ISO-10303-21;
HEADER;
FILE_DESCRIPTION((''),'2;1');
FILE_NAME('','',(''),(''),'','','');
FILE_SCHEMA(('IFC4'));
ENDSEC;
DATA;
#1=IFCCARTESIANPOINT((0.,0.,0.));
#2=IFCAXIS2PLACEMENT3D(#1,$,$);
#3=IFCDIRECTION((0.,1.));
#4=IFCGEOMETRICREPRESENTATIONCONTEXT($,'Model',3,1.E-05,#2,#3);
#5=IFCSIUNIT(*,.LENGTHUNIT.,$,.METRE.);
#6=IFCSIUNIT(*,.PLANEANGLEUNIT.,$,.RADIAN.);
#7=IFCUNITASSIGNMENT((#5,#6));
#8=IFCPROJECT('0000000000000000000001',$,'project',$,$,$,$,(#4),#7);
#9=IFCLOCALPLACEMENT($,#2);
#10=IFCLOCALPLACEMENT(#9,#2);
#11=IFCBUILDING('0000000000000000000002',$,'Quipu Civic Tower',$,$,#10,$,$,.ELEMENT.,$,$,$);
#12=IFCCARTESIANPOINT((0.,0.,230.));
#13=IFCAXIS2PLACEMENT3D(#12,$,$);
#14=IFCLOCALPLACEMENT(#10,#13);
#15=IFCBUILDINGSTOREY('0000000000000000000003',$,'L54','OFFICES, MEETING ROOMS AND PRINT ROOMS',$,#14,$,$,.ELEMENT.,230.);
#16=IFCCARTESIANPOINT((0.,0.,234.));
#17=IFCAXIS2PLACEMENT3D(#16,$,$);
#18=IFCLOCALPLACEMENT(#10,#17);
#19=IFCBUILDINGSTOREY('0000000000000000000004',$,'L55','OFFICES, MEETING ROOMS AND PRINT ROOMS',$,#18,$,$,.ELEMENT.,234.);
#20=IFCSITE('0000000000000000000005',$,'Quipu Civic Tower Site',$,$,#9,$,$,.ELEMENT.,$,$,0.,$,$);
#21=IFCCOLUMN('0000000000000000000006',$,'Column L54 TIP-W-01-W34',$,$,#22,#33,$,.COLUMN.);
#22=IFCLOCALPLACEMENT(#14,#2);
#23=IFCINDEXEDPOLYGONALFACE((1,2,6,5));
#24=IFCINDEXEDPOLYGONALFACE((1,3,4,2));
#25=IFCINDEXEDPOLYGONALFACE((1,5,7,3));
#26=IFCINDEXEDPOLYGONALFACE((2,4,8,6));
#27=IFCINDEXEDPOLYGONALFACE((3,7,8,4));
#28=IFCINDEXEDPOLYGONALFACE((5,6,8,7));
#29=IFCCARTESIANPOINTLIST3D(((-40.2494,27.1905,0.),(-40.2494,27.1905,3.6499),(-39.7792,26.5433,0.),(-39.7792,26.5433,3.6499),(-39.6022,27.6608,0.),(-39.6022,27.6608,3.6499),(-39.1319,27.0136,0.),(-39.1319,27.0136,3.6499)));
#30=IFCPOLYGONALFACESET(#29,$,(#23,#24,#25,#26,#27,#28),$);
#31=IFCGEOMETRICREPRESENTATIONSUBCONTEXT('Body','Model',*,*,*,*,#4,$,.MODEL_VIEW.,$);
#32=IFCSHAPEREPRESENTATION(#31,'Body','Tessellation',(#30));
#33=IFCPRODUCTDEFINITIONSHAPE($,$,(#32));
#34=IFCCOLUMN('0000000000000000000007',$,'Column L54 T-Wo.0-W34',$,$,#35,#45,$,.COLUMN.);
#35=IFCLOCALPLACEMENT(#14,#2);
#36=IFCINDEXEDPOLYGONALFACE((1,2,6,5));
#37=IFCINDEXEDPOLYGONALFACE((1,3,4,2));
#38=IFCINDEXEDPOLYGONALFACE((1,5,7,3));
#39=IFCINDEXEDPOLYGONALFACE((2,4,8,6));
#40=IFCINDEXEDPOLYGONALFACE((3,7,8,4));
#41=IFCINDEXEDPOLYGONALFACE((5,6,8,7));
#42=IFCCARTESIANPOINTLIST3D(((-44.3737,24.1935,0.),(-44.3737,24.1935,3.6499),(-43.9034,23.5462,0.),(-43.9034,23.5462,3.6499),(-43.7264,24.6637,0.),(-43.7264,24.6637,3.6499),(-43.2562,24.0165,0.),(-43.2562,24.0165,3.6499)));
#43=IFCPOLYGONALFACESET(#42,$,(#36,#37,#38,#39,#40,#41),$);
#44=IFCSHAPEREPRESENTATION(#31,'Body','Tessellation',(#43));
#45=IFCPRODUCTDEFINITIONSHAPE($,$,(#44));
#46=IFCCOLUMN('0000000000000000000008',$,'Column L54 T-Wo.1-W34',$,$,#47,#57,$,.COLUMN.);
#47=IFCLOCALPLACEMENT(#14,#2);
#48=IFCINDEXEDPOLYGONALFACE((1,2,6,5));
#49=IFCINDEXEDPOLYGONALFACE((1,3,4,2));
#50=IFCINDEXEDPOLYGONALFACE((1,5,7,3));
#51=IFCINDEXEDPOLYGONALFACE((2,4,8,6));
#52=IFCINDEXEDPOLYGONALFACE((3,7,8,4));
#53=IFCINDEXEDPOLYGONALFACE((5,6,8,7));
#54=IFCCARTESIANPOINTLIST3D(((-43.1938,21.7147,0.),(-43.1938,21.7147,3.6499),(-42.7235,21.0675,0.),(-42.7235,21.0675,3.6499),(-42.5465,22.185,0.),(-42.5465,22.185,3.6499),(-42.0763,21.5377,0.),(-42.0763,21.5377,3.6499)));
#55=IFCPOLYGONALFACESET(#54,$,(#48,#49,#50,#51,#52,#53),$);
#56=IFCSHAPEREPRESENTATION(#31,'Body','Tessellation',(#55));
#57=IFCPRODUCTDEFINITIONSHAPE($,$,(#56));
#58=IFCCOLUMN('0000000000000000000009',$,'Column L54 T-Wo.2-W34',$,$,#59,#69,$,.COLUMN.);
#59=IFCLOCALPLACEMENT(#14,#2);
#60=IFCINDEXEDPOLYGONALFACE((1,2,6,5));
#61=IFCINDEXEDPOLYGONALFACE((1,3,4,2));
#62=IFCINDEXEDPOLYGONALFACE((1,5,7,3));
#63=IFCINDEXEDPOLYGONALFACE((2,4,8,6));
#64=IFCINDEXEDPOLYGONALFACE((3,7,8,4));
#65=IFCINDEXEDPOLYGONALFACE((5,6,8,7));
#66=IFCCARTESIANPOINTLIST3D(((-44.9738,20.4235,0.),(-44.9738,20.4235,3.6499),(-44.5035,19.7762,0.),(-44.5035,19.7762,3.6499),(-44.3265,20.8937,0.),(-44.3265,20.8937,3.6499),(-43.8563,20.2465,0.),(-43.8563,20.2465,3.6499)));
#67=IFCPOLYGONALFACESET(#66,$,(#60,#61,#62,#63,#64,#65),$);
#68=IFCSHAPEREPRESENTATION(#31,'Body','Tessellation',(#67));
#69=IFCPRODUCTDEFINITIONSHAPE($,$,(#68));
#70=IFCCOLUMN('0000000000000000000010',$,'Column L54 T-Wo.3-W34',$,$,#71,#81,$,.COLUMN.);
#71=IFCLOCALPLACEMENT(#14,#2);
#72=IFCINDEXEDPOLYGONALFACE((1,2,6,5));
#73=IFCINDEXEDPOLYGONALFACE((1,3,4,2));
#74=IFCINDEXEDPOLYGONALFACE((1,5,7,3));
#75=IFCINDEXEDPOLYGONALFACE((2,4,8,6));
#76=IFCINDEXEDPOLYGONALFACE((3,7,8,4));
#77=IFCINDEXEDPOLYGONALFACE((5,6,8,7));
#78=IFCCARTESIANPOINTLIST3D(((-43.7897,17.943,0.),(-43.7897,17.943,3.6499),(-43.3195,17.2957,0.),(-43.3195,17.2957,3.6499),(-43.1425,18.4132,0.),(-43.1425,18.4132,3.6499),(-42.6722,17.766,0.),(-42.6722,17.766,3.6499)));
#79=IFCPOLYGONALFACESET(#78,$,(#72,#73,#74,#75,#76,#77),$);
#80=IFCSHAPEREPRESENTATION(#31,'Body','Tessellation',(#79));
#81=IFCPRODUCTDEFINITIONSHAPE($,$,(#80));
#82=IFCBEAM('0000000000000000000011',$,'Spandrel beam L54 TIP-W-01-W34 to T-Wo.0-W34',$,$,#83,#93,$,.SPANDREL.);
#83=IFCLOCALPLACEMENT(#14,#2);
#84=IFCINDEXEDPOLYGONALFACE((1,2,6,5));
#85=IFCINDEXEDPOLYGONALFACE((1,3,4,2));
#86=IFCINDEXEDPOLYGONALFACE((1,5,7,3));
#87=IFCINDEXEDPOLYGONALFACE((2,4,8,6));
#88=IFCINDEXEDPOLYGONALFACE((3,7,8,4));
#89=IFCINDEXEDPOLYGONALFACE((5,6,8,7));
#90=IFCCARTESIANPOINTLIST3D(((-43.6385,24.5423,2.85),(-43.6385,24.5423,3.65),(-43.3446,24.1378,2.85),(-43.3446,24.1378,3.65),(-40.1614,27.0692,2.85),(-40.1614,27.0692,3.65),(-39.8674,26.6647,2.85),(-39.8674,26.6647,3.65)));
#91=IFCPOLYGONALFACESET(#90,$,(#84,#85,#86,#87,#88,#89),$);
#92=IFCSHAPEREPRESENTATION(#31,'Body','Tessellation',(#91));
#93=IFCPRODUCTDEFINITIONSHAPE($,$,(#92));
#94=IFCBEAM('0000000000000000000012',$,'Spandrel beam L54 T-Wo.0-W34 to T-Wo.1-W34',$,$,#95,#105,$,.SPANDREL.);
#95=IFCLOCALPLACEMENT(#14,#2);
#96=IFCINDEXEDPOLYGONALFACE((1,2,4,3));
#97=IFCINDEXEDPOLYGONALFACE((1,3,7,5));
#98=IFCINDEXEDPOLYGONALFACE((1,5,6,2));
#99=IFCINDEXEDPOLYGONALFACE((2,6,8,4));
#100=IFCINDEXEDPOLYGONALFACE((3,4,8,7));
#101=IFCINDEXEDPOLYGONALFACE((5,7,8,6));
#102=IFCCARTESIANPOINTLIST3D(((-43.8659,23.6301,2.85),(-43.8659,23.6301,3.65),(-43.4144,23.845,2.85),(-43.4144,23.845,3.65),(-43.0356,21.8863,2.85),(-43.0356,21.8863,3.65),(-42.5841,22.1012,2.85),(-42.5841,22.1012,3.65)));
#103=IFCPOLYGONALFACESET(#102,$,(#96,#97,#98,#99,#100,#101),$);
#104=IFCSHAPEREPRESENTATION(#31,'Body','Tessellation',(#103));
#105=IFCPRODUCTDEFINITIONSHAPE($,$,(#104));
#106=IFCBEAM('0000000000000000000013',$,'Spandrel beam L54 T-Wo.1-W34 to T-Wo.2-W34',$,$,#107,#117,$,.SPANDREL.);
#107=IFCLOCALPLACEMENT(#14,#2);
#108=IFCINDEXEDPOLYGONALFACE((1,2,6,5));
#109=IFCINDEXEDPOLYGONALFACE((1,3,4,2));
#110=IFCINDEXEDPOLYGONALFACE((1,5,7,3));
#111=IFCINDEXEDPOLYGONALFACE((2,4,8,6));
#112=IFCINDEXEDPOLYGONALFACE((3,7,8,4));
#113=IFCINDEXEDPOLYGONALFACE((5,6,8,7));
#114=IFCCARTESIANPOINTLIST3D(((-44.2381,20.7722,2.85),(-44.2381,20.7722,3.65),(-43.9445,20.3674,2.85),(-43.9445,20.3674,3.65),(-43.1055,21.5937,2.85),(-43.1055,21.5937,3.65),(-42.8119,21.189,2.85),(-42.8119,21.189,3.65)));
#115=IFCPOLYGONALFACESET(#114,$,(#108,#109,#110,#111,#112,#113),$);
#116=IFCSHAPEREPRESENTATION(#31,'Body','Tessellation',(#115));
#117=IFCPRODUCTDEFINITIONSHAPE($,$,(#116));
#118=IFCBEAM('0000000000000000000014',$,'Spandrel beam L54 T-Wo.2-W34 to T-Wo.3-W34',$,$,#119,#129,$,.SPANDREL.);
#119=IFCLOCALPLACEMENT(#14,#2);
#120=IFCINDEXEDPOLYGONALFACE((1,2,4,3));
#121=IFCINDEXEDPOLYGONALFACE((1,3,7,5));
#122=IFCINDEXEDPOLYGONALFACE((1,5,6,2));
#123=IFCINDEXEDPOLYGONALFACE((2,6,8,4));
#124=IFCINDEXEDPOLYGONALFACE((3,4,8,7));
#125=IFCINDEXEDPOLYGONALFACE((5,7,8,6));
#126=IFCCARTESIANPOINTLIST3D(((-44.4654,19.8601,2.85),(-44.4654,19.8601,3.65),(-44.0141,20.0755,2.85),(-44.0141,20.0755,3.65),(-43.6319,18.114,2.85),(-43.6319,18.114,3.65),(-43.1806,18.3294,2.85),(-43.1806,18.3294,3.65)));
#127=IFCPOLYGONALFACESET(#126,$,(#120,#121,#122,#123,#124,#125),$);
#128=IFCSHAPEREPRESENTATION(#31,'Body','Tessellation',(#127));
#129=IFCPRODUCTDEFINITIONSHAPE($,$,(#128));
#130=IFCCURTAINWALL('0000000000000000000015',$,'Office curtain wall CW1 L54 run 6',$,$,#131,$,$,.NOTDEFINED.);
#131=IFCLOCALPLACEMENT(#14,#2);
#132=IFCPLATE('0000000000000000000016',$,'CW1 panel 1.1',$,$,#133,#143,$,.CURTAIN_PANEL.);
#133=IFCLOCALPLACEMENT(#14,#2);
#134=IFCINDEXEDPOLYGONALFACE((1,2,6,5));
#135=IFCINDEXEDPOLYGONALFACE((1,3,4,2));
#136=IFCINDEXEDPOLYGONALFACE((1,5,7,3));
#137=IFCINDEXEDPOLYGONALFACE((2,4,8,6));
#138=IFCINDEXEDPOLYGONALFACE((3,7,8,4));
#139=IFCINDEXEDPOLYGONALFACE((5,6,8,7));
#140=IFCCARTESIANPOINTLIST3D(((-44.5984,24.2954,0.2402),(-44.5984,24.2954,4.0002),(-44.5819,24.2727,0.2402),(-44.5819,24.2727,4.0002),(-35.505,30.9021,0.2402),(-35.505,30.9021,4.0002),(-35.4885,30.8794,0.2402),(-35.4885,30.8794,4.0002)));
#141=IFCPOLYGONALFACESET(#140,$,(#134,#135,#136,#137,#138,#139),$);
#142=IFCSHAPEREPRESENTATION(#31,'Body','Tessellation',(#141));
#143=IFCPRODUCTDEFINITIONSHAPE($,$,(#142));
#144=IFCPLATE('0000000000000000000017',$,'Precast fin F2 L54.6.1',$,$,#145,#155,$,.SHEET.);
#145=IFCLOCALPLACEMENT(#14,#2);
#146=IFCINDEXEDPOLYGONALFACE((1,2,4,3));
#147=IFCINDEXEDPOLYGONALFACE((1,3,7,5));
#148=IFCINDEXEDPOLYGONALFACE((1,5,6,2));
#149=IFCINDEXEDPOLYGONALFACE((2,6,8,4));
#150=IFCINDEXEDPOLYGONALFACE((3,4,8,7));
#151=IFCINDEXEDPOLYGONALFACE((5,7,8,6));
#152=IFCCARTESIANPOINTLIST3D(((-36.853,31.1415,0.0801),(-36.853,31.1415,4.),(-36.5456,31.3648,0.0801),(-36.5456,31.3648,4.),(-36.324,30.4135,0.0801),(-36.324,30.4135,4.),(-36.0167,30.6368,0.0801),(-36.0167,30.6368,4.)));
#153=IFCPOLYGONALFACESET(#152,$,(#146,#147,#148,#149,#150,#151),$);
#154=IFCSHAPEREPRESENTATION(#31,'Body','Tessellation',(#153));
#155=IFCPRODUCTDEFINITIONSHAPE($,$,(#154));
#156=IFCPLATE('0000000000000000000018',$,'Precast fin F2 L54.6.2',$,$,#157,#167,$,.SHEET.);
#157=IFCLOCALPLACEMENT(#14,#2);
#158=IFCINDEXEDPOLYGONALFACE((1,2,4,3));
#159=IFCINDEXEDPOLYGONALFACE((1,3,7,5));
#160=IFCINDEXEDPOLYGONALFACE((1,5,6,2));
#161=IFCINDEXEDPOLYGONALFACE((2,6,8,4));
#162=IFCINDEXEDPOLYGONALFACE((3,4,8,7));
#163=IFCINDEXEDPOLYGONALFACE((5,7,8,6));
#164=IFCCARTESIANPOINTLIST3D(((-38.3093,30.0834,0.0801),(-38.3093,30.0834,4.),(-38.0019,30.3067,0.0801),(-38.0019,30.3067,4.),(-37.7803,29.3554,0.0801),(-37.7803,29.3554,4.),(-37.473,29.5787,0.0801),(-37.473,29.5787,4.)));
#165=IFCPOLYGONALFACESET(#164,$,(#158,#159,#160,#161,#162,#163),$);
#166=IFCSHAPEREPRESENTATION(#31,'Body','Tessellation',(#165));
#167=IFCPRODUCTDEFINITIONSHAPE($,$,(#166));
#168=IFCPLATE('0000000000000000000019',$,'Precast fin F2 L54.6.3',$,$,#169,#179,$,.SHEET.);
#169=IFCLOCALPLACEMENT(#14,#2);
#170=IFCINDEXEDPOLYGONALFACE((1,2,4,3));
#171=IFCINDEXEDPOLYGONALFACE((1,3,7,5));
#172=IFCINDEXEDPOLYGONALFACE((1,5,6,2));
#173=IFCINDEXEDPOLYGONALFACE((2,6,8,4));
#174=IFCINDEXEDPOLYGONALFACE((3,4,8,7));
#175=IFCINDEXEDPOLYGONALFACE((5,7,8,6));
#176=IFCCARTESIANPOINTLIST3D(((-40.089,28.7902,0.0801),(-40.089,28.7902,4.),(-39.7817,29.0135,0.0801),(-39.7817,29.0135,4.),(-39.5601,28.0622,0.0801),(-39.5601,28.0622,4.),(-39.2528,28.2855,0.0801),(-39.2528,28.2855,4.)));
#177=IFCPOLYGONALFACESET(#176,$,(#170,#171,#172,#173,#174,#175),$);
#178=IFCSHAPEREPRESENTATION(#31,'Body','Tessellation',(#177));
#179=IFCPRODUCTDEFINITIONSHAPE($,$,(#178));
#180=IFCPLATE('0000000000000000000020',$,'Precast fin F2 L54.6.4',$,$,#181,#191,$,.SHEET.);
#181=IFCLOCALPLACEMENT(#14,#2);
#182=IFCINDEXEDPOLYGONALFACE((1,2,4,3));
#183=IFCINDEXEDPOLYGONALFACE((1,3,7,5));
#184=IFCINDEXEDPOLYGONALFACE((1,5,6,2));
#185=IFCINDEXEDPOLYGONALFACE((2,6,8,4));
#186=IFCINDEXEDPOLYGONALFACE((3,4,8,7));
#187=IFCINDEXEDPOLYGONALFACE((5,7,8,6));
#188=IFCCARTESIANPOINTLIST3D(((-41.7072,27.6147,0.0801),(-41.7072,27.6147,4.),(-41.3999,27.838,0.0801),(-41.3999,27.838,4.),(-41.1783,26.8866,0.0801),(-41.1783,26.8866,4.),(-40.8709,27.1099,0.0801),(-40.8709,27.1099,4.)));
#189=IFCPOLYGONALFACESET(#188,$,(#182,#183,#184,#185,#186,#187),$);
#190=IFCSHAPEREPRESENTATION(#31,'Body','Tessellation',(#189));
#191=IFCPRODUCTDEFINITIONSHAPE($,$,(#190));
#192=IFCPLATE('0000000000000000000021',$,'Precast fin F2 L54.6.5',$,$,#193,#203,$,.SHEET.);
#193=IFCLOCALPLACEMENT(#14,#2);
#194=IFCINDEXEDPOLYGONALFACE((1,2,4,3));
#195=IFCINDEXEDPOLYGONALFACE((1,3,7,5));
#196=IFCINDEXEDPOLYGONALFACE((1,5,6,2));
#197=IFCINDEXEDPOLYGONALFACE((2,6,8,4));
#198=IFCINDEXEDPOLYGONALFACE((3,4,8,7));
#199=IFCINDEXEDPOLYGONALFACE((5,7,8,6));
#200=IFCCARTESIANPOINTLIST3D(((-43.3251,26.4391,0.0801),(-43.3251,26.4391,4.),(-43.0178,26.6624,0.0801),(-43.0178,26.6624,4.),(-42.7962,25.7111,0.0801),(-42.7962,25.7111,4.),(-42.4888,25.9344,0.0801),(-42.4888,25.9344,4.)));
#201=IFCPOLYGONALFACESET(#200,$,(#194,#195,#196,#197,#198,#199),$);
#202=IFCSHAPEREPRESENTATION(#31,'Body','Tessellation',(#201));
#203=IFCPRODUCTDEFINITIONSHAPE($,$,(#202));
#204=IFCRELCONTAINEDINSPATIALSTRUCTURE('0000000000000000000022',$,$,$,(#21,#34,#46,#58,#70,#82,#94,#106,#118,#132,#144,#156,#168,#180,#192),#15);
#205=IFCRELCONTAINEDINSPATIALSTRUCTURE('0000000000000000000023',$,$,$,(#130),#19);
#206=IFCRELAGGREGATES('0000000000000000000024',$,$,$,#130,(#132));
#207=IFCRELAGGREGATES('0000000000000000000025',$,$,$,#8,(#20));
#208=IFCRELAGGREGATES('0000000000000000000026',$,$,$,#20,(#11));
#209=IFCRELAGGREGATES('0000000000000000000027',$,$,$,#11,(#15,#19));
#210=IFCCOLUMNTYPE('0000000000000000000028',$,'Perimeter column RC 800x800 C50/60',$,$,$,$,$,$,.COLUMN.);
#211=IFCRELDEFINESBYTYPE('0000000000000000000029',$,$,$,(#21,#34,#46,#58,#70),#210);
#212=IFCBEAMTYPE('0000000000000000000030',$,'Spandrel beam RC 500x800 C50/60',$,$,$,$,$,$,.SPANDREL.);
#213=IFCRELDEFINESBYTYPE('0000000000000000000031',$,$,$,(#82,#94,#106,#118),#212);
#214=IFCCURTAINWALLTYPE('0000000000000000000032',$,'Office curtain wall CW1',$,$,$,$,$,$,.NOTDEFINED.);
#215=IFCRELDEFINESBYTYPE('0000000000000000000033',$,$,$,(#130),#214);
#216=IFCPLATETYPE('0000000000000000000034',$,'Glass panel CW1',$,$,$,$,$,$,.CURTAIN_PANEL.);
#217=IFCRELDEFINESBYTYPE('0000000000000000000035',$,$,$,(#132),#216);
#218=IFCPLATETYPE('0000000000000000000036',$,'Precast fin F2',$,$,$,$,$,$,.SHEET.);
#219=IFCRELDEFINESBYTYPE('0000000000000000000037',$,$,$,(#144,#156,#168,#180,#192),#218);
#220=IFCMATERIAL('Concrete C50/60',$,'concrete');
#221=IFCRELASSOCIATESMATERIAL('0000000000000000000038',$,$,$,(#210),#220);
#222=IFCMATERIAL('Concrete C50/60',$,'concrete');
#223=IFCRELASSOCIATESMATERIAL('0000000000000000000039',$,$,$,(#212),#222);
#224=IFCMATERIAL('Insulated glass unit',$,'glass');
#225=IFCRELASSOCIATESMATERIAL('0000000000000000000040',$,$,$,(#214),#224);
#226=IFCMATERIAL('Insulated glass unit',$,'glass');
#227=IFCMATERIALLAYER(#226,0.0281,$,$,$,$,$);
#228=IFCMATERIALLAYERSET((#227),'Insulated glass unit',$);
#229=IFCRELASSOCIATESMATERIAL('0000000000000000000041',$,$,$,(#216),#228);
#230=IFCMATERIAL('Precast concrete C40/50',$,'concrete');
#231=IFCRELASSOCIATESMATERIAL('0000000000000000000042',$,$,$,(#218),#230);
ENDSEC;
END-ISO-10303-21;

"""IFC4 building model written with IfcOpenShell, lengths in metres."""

from ifc_helpers import new_model, si_unit, direction, frame, origin, origin_2d, place, context, subcontext, project, spatial, rectangle, extrude, material, layer, layer_set, material_profile, profile_set, type_object, element, aggregate, save


model = new_model("IFC4")

# Units and contexts
model_context = context("Model", 3, precision=1e-05, world=origin(), true_north=direction((0.0, 1.0)))
body_context = subcontext(model_context, "Body", "Model", "MODEL_VIEW")
ifc_project = project(units=[si_unit("LENGTHUNIT", "METRE"), si_unit("PLANEANGLEUNIT", "RADIAN")], contexts=[model_context])

# Site, building, storey
site_placement = place(None, origin())
site = spatial("IfcSite", under=ifc_project, at=site_placement, Name="Quipu Civic Tower Site", CompositionType="ELEMENT", RefElevation=0.0)
building_placement = place(site_placement, origin())
building = spatial("IfcBuilding", under=site, at=building_placement, Name="Quipu Civic Tower", CompositionType="ELEMENT")
storey_1_placement = place(building_placement, frame((0.0, 0.0, 230.0)))
storey_1 = spatial("IfcBuildingStorey", under=building, at=storey_1_placement, Name="L54", Description="OFFICES, MEETING ROOMS AND PRINT ROOMS", CompositionType="ELEMENT", Elevation=230.0)

# Columns
ifc_material_1 = material(Name="Concrete C50/60", Category="concrete")
ifc_material_profile_1 = material_profile(ifc_material_1, rectangle(XDim=0.8, YDim=0.8, at=origin_2d()), Name="RC800x800")
ifc_profile_set_1 = profile_set([ifc_material_profile_1], Name="Concrete C50/60")
column_type = type_object("IfcColumnType", Name="Perimeter column RC 800x800 C50/60", PredefinedType="COLUMN", material=ifc_profile_set_1)
for number, where, z_axis, x_axis, name in (
    (1, (-39.6907, 27.1021, 0.0), (0.0, 0.0, 1.0), (-0.809017, -0.587785, 0.0), "Column L54 TIP-W-01-W34"),
    (2, (-43.8149, 24.105, 0.0), (0.0, 0.0, 1.0), (-0.809017, -0.587785, 0.0), "Column L54 T-Wo.0-W34"),
    (3, (-42.635, 21.6262, 0.0), (0.0, 0.0, 1.0), (-0.809017, -0.587785, 0.0), "Column L54 T-Wo.1-W34"),
    (4, (-44.415, 20.335, 0.0), (0.0, 0.0, 1.0), (0.587785, -0.809017, 0.0), "Column L54 T-Wo.2-W34"),
    (5, (-43.231, 17.8545, 0.0), (0.0, 0.0, 1.0), (0.587785, -0.809017, 0.0), "Column L54 T-Wo.3-W34"),
):
    element("IfcColumn", number, at=place(storey_1_placement, frame(where, z_axis=z_axis, x_axis=x_axis)), inside=storey_1, type_object=column_type, Name=name, PredefinedType="COLUMN", context=body_context, shape_type="SweptSolid", body=[
        extrude(rectangle(XDim=0.8, YDim=0.8, at=origin_2d()), origin(), (0.0, 0.0, 1.0), 3.6499),
    ])

# Beams
ifc_material_2 = material(Name="Concrete C50/60", Category="concrete")
ifc_material_profile_2 = material_profile(ifc_material_2, rectangle(XDim=0.5, YDim=0.8, at=origin_2d()), Name="RC500x800")
ifc_profile_set_2 = profile_set([ifc_material_profile_2], Name="Concrete C50/60")
beam_type = type_object("IfcBeamType", Name="Spandrel beam RC 500x800 C50/60", PredefinedType="SPANDREL", material=ifc_profile_set_2)
beam_1_placement = place(storey_1_placement, frame((-40.0144, 26.8669, 3.25), z_axis=(-0.808947, -0.587881, 0.0), x_axis=(0.587881, -0.808947, 0.0)))
element("IfcBeam", 6, at=beam_1_placement, inside=storey_1, type_object=beam_type, Name="Spandrel beam L54 TIP-W-01-W34 to T-Wo.0-W34", PredefinedType="SPANDREL", context=body_context, shape_type="SweptSolid", body=[
    extrude(rectangle(XDim=0.5, YDim=0.8, at=origin_2d()), origin(), (0.0, 0.0, 1.0), 4.2983),
])
beam_2_placement = place(storey_1_placement, frame((-43.6401, 23.7375, 3.25), z_axis=(0.429889, -0.902882, 0.0), x_axis=(0.902882, 0.429889, 0.0)))
element("IfcBeam", 7, at=beam_2_placement, inside=storey_1, type_object=beam_type, Name="Spandrel beam L54 T-Wo.0-W34 to T-Wo.1-W34", PredefinedType="SPANDREL", context=body_context, shape_type="SweptSolid", body=[
    extrude(rectangle(XDim=0.5, YDim=0.8, at=origin_2d()), origin(), (0.0, 0.0, 1.0), 1.9314),
])
beam_3_placement = place(storey_1_placement, frame((-42.9587, 21.3914, 3.25), z_axis=(-0.809467, -0.587165, 0.0), x_axis=(0.587165, -0.809467, 0.0)))
element("IfcBeam", 8, at=beam_3_placement, inside=storey_1, type_object=beam_type, Name="Spandrel beam L54 T-Wo.1-W34 to T-Wo.2-W34", PredefinedType="SPANDREL", context=body_context, shape_type="SweptSolid", body=[
    extrude(rectangle(XDim=0.5, YDim=0.8, at=origin_2d()), origin(), (0.0, 0.0, 1.0), 1.3992),
])
beam_4_placement = place(storey_1_placement, frame((-44.2397, 19.9678, 3.25), z_axis=(0.430786, -0.902454, 0.0), x_axis=(0.902454, 0.430786, 0.0)))
element("IfcBeam", 9, at=beam_4_placement, inside=storey_1, type_object=beam_type, Name="Spandrel beam L54 T-Wo.2-W34 to T-Wo.3-W34", PredefinedType="SPANDREL", context=body_context, shape_type="SweptSolid", body=[
    extrude(rectangle(XDim=0.5, YDim=0.8, at=origin_2d()), origin(), (0.0, 0.0, 1.0), 1.9348),
])

# Shared definitions
storey_2_placement = place(building_placement, frame((0.0, 0.0, 234.0)))
storey_2 = spatial("IfcBuildingStorey", under=building, at=storey_2_placement, Name="L55", Description="OFFICES, MEETING ROOMS AND PRINT ROOMS", CompositionType="ELEMENT", Elevation=234.0)

# Curtain wall, plate
ifc_material_3 = material(Name="Insulated glass unit", Category="glass")
curtain_wall_type = type_object("IfcCurtainWallType", Name="Office curtain wall CW1", PredefinedType="NOTDEFINED", material=ifc_material_3)
curtain_wall_placement = place(storey_2_placement, origin())
curtain_wall = element("IfcCurtainWall", 10, at=curtain_wall_placement, inside=storey_2, type_object=curtain_wall_type, Name="Office curtain wall CW1 L54 run 6", PredefinedType="NOTDEFINED")
ifc_material_4 = material(Name="Insulated glass unit", Category="glass")
ifc_layer_1 = layer(ifc_material_4, 0.0281)
ifc_layer_set_1 = layer_set([ifc_layer_1], Name="Insulated glass unit")
plate_type_1 = type_object("IfcPlateType", Name="Glass panel CW1", PredefinedType="CURTAIN_PANEL", material=ifc_layer_set_1)
plate_placement = place(storey_1_placement, frame((-40.0435, 27.5874, 0.2402), z_axis=(0.0, 0.0, 1.0), x_axis=(-0.809015, -0.587788, 0.0)))
plate = element("IfcPlate", 11, at=plate_placement, inside=storey_1, type_object=plate_type_1, Name="CW1 panel 1.1", PredefinedType="CURTAIN_PANEL", context=body_context, shape_type="SweptSolid", body=[
    extrude(rectangle(XDim=11.24, YDim=0.0281, at=origin_2d()), origin(), (0.0, 0.0, 1.0), 3.76),
])
aggregate(curtain_wall, [plate])

# Plates
ifc_material_5 = material(Name="Precast concrete C40/50", Category="concrete")
plate_type_2 = type_object("IfcPlateType", Name="Precast fin F2", PredefinedType="SHEET", material=ifc_material_5)
for number, where, z_axis, x_axis, name in (
    (12, (-36.4348, 30.8892, 0.0801), (0.0, 0.0, 1.0), (-0.809017, -0.587785, 0.0), "Precast fin F2 L54.6.1"),
    (13, (-37.8911, 29.8311, 0.0801), (0.0, 0.0, 1.0), (-0.809017, -0.587785, 0.0), "Precast fin F2 L54.6.2"),
    (14, (-39.6709, 28.5378, 0.0801), (0.0, 0.0, 1.0), (-0.809017, -0.587785, 0.0), "Precast fin F2 L54.6.3"),
    (15, (-41.2891, 27.3623, 0.0801), (0.0, 0.0, 1.0), (-0.809017, -0.587785, 0.0), "Precast fin F2 L54.6.4"),
    (16, (-42.907, 26.1868, 0.0801), (0.0, 0.0, 1.0), (-0.809017, -0.587785, 0.0), "Precast fin F2 L54.6.5"),
):
    element("IfcPlate", number, at=place(storey_1_placement, frame(where, z_axis=z_axis, x_axis=x_axis)), inside=storey_1, type_object=plate_type_2, Name=name, PredefinedType="SHEET", context=body_context, shape_type="SweptSolid", body=[
        extrude(rectangle(XDim=0.3799, YDim=0.8999, at=origin_2d()), origin(), (0.0, 0.0, 1.0), 3.9199),
    ])

save(model, "model.ifc")
